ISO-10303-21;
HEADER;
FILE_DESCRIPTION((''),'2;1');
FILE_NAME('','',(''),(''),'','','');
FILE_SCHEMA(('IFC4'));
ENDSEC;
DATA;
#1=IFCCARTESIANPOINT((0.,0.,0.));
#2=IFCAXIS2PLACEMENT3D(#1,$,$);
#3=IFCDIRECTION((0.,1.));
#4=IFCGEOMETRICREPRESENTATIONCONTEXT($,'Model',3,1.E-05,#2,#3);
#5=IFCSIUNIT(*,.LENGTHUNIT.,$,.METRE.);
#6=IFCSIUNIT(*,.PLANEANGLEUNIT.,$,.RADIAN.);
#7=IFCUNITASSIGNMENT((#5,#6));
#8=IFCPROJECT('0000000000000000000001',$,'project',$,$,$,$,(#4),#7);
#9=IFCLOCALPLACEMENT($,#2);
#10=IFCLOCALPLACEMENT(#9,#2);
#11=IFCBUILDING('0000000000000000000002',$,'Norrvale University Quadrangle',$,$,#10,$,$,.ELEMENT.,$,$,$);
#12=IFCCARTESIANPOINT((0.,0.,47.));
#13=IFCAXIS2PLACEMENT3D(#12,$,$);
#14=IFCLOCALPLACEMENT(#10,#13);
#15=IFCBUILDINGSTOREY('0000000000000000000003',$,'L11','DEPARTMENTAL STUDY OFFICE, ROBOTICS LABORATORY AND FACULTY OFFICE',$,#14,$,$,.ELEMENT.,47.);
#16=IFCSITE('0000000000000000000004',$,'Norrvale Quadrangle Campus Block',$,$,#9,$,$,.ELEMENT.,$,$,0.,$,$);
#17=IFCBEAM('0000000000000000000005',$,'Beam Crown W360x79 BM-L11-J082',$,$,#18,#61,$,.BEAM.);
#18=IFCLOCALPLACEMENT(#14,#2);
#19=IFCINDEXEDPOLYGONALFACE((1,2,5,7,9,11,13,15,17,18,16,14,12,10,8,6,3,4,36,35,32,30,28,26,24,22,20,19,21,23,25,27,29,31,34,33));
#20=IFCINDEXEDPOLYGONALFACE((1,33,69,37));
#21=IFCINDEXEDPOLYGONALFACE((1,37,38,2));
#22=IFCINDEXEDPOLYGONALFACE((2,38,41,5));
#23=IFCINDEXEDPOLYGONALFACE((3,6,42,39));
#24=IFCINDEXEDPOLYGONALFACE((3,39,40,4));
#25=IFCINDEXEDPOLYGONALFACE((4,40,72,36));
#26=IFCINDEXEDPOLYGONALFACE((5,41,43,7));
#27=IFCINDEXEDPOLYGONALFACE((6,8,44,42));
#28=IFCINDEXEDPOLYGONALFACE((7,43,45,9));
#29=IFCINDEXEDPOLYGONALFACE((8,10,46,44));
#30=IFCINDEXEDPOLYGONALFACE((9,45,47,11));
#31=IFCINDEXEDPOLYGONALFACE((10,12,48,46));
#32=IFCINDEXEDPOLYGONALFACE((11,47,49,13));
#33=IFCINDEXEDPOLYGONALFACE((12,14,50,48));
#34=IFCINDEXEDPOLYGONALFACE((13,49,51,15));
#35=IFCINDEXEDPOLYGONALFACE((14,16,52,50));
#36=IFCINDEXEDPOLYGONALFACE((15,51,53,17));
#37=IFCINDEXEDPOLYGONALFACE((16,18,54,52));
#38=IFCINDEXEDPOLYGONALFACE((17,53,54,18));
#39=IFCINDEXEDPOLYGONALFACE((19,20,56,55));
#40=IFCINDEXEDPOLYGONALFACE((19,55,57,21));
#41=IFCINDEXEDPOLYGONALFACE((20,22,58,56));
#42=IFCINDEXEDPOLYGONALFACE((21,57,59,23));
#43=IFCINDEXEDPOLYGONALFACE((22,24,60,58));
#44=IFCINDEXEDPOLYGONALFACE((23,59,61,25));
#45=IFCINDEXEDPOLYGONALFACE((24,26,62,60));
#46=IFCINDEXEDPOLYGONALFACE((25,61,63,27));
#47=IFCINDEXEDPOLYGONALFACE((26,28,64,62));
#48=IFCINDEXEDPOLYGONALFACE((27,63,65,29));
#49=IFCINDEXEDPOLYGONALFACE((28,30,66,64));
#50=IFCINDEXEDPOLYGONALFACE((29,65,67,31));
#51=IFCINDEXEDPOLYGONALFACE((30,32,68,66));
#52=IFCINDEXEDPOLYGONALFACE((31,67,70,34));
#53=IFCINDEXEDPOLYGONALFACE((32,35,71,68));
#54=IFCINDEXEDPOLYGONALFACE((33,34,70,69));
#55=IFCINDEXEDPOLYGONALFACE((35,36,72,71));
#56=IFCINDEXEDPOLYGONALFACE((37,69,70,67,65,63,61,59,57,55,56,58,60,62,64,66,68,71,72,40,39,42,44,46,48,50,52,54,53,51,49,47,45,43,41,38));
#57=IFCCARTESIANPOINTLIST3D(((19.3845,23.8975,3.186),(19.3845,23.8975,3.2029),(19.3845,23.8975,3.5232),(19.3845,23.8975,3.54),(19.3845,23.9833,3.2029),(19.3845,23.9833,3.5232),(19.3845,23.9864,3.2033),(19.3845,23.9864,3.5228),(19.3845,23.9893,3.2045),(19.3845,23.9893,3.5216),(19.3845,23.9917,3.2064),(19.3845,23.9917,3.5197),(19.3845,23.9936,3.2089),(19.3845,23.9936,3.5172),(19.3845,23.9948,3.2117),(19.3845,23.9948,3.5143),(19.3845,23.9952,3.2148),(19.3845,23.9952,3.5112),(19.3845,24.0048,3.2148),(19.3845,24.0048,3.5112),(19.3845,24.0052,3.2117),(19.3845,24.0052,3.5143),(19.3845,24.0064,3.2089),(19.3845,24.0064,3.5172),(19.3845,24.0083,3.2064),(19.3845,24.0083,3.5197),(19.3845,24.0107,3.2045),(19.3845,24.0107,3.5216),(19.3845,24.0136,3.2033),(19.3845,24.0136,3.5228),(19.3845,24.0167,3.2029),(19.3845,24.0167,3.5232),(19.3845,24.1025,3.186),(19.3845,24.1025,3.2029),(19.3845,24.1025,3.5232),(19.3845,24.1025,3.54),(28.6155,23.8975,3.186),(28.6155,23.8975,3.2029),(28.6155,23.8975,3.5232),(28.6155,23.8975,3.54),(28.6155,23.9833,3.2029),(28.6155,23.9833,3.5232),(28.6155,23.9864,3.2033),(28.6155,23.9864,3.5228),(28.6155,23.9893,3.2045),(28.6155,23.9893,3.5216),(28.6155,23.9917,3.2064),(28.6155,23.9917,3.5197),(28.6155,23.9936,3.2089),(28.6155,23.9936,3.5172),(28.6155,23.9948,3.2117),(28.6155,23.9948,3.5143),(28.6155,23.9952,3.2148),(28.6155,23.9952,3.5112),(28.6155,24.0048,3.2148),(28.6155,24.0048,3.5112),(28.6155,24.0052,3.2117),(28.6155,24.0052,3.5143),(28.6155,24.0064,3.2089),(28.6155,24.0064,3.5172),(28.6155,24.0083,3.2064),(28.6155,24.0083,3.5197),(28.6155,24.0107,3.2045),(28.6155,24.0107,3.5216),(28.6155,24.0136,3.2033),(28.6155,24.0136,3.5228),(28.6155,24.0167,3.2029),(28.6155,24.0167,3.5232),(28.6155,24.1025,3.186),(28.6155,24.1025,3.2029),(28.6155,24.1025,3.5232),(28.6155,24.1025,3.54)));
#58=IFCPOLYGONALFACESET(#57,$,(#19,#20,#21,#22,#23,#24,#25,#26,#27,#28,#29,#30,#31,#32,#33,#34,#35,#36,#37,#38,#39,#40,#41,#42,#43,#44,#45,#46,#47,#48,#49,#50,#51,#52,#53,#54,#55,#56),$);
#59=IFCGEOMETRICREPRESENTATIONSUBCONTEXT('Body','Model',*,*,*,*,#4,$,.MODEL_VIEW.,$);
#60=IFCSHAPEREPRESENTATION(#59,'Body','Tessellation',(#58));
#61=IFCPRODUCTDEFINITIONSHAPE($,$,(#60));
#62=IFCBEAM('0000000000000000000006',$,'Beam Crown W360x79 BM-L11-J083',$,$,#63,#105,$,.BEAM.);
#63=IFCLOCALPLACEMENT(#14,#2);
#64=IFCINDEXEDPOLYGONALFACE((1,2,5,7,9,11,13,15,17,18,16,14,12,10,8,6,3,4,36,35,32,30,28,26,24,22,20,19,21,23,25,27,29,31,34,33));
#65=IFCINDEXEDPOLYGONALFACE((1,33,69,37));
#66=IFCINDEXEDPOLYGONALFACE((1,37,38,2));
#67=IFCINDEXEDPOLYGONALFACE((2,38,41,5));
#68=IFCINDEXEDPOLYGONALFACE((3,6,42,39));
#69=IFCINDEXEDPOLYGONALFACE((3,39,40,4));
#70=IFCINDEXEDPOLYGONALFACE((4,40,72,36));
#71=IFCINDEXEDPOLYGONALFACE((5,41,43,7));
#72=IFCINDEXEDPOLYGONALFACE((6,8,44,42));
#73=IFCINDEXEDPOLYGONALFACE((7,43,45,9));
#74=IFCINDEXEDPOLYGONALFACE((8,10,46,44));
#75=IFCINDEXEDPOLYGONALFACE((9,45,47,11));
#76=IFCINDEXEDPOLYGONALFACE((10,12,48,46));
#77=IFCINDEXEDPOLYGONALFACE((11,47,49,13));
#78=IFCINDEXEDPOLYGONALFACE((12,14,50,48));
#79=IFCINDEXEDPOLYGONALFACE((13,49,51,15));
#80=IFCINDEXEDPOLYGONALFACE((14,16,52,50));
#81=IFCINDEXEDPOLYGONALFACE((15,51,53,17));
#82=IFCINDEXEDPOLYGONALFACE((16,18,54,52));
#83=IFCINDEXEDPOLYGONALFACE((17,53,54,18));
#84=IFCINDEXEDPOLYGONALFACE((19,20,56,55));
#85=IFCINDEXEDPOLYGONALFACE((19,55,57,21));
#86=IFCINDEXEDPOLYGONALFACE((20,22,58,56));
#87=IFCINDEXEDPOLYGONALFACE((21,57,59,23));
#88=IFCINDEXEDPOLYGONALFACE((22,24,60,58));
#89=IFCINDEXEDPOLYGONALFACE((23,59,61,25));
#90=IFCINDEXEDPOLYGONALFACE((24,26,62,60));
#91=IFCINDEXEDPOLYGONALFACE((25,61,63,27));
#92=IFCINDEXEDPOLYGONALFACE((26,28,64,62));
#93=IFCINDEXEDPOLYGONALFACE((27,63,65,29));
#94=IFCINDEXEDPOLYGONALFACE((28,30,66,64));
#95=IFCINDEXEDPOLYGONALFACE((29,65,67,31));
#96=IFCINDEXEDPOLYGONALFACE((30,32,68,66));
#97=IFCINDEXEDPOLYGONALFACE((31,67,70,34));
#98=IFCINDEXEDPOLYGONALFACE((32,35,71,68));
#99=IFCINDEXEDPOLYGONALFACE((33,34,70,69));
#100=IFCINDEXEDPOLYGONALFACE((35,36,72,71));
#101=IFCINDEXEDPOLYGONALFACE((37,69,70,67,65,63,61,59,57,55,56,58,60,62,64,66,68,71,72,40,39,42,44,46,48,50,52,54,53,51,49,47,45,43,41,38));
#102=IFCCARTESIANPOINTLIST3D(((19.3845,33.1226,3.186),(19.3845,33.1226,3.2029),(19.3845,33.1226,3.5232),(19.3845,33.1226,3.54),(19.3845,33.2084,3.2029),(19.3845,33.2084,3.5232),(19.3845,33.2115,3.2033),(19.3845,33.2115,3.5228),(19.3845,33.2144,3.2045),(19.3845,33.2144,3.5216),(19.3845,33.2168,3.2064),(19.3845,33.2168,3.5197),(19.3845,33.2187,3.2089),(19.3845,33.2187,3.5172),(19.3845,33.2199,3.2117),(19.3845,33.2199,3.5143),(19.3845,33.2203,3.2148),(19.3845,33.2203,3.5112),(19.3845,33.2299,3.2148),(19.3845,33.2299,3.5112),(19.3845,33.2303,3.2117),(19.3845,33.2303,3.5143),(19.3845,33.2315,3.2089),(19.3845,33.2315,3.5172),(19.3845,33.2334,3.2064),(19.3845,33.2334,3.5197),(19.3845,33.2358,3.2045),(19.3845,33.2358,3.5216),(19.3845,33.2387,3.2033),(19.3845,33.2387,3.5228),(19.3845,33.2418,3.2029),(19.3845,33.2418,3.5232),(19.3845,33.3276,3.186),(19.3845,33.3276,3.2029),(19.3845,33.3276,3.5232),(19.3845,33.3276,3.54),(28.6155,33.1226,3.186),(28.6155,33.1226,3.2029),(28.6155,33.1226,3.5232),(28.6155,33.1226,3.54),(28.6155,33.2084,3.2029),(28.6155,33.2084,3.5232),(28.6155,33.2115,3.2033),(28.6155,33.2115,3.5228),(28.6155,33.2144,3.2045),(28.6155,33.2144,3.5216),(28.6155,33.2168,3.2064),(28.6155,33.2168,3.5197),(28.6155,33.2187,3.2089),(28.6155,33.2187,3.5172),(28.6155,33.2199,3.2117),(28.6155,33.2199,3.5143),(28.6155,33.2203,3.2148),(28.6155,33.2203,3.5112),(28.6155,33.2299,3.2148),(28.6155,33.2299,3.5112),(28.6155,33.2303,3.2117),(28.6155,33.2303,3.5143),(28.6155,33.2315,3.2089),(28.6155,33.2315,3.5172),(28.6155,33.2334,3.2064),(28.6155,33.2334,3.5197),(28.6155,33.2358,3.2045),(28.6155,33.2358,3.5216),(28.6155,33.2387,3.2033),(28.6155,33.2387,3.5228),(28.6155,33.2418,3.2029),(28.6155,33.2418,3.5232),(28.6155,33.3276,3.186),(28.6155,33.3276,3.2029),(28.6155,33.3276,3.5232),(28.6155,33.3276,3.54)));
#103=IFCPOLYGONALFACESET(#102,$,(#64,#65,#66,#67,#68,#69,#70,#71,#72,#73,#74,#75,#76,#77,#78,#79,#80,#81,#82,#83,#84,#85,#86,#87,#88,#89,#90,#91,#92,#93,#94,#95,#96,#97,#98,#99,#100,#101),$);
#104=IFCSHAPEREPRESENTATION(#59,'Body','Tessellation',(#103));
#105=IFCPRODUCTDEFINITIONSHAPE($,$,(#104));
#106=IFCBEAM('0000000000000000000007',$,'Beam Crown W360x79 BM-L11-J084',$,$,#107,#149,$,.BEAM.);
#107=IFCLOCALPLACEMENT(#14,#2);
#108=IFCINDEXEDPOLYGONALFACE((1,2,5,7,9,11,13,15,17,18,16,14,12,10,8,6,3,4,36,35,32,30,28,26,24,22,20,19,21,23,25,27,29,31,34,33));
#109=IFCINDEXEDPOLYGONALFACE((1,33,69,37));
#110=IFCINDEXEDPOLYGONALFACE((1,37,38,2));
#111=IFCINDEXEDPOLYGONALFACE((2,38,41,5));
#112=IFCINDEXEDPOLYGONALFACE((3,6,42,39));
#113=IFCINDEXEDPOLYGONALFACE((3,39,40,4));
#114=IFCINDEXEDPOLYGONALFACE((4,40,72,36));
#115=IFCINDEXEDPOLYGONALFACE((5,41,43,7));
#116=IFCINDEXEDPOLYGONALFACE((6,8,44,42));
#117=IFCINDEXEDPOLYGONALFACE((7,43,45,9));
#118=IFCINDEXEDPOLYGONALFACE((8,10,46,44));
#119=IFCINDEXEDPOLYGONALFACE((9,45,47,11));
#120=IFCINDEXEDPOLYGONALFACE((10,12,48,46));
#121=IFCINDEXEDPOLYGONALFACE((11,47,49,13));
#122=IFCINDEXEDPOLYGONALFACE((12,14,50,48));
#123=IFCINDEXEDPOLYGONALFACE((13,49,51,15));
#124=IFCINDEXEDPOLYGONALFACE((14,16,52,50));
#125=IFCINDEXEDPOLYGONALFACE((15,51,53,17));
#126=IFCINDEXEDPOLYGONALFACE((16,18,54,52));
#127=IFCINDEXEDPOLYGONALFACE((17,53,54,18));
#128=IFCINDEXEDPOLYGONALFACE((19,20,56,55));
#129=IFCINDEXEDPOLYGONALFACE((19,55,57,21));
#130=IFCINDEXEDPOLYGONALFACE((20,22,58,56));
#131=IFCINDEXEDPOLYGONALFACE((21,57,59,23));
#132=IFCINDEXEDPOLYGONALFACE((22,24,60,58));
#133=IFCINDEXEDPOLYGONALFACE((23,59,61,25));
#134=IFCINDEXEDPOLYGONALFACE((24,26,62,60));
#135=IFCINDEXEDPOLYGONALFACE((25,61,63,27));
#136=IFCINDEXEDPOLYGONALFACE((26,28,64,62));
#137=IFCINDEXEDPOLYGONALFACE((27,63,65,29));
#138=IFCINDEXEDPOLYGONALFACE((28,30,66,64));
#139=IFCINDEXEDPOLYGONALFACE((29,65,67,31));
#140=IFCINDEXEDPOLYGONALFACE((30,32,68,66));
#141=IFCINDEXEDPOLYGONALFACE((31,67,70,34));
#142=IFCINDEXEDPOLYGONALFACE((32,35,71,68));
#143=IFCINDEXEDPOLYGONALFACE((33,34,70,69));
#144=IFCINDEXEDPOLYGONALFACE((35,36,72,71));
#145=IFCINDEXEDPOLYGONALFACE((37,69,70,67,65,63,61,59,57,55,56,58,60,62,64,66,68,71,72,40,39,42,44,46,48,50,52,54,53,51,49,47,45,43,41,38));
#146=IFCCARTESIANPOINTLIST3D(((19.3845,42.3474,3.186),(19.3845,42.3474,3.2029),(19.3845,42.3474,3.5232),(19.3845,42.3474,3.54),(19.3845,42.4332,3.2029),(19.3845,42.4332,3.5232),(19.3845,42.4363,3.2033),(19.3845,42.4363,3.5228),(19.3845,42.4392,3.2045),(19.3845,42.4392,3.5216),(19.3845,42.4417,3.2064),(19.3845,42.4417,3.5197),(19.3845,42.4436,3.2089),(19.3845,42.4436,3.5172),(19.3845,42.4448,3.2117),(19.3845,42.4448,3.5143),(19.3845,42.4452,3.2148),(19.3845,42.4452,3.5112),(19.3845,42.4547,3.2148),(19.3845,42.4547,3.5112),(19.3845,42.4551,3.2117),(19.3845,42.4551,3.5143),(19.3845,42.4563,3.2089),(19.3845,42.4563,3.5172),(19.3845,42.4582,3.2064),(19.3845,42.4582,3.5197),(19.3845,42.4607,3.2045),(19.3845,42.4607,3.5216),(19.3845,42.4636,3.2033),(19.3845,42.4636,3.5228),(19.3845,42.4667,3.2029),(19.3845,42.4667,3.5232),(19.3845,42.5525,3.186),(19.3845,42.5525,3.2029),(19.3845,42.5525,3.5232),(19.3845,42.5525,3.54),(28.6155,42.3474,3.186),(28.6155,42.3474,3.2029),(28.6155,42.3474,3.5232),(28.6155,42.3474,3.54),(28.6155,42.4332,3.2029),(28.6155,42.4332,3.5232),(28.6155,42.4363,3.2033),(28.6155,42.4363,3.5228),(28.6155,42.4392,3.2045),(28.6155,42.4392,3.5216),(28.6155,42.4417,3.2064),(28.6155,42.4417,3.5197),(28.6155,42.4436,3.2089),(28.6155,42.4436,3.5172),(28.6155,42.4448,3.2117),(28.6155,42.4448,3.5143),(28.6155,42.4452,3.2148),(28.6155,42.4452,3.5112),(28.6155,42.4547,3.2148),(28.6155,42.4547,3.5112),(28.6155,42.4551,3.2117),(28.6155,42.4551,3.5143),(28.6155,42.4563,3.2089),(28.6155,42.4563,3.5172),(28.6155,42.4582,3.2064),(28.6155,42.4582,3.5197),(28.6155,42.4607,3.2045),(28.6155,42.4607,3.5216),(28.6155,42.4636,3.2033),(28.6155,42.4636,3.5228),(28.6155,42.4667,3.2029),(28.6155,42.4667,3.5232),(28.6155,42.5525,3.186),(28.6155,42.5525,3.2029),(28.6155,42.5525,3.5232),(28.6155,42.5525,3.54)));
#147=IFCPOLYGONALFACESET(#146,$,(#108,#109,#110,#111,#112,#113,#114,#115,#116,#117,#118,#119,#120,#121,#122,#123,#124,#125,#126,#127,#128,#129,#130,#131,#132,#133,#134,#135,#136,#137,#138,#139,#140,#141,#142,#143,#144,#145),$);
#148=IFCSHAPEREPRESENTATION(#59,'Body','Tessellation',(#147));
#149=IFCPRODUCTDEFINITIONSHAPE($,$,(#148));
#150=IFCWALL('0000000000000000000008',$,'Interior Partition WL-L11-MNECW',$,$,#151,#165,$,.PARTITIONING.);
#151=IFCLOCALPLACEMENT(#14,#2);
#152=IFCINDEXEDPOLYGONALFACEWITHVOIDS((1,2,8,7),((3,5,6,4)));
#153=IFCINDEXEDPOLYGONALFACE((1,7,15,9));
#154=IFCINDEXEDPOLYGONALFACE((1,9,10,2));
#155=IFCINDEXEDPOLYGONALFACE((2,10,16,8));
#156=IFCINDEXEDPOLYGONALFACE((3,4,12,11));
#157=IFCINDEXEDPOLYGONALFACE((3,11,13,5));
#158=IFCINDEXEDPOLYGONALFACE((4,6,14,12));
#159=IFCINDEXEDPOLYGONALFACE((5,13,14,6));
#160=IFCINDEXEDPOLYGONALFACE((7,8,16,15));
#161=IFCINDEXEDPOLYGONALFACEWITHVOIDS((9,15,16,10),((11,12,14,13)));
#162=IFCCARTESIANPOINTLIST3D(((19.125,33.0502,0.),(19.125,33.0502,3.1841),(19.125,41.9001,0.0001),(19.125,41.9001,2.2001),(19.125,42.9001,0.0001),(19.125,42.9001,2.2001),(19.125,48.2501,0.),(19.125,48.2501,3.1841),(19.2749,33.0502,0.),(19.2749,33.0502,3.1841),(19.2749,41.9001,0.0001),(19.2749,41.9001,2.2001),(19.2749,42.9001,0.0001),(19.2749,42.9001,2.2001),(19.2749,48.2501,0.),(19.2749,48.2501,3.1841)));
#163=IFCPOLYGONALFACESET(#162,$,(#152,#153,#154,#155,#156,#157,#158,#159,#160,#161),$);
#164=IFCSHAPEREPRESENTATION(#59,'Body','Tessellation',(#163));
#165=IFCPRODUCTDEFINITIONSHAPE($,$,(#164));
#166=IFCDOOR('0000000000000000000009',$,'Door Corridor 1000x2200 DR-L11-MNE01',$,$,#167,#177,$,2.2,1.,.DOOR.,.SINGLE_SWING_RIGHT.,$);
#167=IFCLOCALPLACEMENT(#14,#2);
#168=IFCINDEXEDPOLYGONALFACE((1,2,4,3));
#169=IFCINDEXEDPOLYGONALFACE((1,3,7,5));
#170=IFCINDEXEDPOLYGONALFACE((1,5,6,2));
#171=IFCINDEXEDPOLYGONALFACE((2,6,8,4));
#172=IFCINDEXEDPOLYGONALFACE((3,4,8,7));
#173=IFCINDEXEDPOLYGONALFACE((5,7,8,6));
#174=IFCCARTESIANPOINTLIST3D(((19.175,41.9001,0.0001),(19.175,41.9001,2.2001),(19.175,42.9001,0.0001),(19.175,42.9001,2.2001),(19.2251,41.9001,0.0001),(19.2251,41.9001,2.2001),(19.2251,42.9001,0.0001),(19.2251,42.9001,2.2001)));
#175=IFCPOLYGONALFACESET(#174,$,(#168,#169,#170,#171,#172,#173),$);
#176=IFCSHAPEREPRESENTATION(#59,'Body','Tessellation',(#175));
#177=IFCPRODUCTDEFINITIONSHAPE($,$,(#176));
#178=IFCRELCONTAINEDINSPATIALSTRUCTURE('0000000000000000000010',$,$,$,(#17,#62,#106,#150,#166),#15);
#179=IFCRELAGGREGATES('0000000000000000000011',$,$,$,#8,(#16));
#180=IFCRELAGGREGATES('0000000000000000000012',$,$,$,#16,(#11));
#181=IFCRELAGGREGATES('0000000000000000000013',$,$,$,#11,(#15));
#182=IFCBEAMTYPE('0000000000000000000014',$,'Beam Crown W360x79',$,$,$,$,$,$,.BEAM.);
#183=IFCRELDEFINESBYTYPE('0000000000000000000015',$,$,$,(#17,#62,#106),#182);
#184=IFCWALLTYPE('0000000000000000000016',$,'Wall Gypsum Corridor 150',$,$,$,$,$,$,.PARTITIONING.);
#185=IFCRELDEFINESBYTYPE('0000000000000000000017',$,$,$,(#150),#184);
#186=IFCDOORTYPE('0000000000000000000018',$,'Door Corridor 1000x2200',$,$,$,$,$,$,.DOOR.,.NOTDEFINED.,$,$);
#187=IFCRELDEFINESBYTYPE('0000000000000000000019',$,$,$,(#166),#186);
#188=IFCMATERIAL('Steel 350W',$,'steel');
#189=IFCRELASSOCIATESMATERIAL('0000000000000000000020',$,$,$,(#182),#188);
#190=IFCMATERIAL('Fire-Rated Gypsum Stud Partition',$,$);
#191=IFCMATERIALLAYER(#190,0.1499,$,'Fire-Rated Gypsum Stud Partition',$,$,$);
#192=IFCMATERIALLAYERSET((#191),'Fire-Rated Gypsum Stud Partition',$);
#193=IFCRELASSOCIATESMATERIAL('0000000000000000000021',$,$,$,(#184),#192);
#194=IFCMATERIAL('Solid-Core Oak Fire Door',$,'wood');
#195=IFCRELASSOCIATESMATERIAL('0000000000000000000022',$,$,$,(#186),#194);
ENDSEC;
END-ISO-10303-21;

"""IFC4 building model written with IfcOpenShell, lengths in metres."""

from ifc_helpers import new_model, si_unit, direction, frame, frame_2d, origin, origin_2d, place, context, subcontext, project, spatial, rectangle, i_section, extrude, material, layer, layer_set, material_profile, profile_set, type_object, element, fill, save


model = new_model("IFC4")

# Units and contexts
model_context = context("Model", 3, precision=1e-05, world=origin(), true_north=direction((0.0, 1.0)))
body_context = subcontext(model_context, "Body", "Model", "MODEL_VIEW")
ifc_project = project(units=[si_unit("LENGTHUNIT", "METRE"), si_unit("PLANEANGLEUNIT", "RADIAN")], contexts=[model_context])

# Site, building, storey
site_placement = place(None, origin())
site = spatial("IfcSite", under=ifc_project, at=site_placement, Name="Norrvale Quadrangle Campus Block", CompositionType="ELEMENT", RefElevation=0.0)
building_placement = place(site_placement, origin())
building = spatial("IfcBuilding", under=site, at=building_placement, Name="Norrvale University Quadrangle", CompositionType="ELEMENT")
storey_placement = place(building_placement, frame((0.0, 0.0, 47.0)))
storey = spatial("IfcBuildingStorey", under=building, at=storey_placement, Name="L11", Description="DEPARTMENTAL STUDY OFFICE, ROBOTICS LABORATORY AND FACULTY OFFICE", CompositionType="ELEMENT", Elevation=47.0)

# Beams
ifc_material_1 = material(Name="Steel 350W", Category="steel")
ifc_material_profile_1 = material_profile(ifc_material_1, i_section(OverallWidth=0.2051, OverallDepth=0.354, WebThickness=0.0095, FlangeThickness=0.0168, FilletRadius=0.012, at=origin_2d()), Name="Steel 350W")
ifc_profile_set_1 = profile_set([ifc_material_profile_1], Name="Steel 350W")
beam_type_1 = type_object("IfcBeamType", Name="Beam Crown W360x79", PredefinedType="BEAM", material=ifc_profile_set_1)
for number, where, z_axis, x_axis, name in (
    (1, (19.3845, 24.0, 3.363), (1.0, 0.0, 0.0), (0.0, 1.0, 0.0), "Beam Crown W360x79 BM-L11-J082"),
    (2, (19.3845, 33.2251, 3.363), (1.0, 0.0, 0.0), (0.0, 1.0, 0.0), "Beam Crown W360x79 BM-L11-J083"),
    (3, (19.3845, 42.45, 3.363), (1.0, 0.0, 0.0), (0.0, 1.0, 0.0), "Beam Crown W360x79 BM-L11-J084"),
):
    element("IfcBeam", number, at=place(storey_placement, frame(where, z_axis=z_axis, x_axis=x_axis)), inside=storey, type_object=beam_type_1, Name=name, PredefinedType="BEAM", context=body_context, shape_type="SweptSolid", body=[
        extrude(i_section(OverallWidth=0.2051, OverallDepth=0.354, WebThickness=0.0095, FlangeThickness=0.0168, FilletRadius=0.012, at=origin_2d()), origin(), (0.0, 0.0, 1.0), 9.231),
    ])

# Wall, opening, door
ifc_material_2 = material(Name="Fire-Rated Gypsum Stud Partition")
ifc_layer_1 = layer(ifc_material_2, 0.1499, Name="Fire-Rated Gypsum Stud Partition")
ifc_layer_set_1 = layer_set([ifc_layer_1], Name="Fire-Rated Gypsum Stud Partition")
wall_type_1 = type_object("IfcWallType", Name="Wall Gypsum Corridor 150", PredefinedType="PARTITIONING", material=ifc_layer_set_1)
wall_1_placement = place(storey_placement, frame((19.2, 33.05, 0.0), z_axis=(0.0, 0.0, 1.0), x_axis=(0.0, 1.0, 0.0)))
wall_1 = element("IfcWall", 4, at=wall_1_placement, inside=storey, type_object=wall_type_1, Name="Interior Partition WL-L11-MNECW", PredefinedType="PARTITIONING", context=body_context, shape_type="SweptSolid", body=[
    extrude(rectangle(XDim=15.2, YDim=0.1499, at=frame_2d((7.6001, 0.0))), origin(), (0.0, 0.0, 1.0), 3.1841),
])
opening_1_placement = place(wall_1_placement, frame((8.8501, 0.0, 0.0)))
opening_1 = element("IfcOpeningElement", 5, at=opening_1_placement, cuts=wall_1, PredefinedType="OPENING", context=body_context, shape_type="SweptSolid", body=[
    extrude(rectangle(XDim=1.0, YDim=2.2, at=frame_2d((0.5, 1.1001))), frame((0.0, 0.0869, 0.0), z_axis=(0.0, -1.0, 0.0), x_axis=(1.0, 0.0, 0.0)), (0.0, 0.0, 1.0), 0.1738),
])
ifc_material_3 = material(Name="Solid-Core Oak Fire Door", Category="wood")
door_type_1 = type_object("IfcDoorType", Name="Door Corridor 1000x2200", OperationType="NOTDEFINED", PredefinedType="DOOR", material=ifc_material_3)
door_1_placement = place(opening_1_placement, origin())
door_1 = element("IfcDoor", 6, at=door_1_placement, inside=storey, type_object=door_type_1, Name="Door Corridor 1000x2200 DR-L11-MNE01", OperationType="SINGLE_SWING_RIGHT", OverallHeight=2.2, OverallWidth=1.0, PredefinedType="DOOR", context=body_context, shape_type="SweptSolid", body=[
    extrude(rectangle(XDim=1.0, YDim=2.2, at=frame_2d((0.5, 1.1001))), frame((0.0, 0.0249, 0.0), z_axis=(0.0, -1.0, 0.0), x_axis=(1.0, 0.0, 0.0)), (0.0, 0.0, 1.0), 0.05),
])
fill(opening_1, door_1)

save(model, "model.ifc")
